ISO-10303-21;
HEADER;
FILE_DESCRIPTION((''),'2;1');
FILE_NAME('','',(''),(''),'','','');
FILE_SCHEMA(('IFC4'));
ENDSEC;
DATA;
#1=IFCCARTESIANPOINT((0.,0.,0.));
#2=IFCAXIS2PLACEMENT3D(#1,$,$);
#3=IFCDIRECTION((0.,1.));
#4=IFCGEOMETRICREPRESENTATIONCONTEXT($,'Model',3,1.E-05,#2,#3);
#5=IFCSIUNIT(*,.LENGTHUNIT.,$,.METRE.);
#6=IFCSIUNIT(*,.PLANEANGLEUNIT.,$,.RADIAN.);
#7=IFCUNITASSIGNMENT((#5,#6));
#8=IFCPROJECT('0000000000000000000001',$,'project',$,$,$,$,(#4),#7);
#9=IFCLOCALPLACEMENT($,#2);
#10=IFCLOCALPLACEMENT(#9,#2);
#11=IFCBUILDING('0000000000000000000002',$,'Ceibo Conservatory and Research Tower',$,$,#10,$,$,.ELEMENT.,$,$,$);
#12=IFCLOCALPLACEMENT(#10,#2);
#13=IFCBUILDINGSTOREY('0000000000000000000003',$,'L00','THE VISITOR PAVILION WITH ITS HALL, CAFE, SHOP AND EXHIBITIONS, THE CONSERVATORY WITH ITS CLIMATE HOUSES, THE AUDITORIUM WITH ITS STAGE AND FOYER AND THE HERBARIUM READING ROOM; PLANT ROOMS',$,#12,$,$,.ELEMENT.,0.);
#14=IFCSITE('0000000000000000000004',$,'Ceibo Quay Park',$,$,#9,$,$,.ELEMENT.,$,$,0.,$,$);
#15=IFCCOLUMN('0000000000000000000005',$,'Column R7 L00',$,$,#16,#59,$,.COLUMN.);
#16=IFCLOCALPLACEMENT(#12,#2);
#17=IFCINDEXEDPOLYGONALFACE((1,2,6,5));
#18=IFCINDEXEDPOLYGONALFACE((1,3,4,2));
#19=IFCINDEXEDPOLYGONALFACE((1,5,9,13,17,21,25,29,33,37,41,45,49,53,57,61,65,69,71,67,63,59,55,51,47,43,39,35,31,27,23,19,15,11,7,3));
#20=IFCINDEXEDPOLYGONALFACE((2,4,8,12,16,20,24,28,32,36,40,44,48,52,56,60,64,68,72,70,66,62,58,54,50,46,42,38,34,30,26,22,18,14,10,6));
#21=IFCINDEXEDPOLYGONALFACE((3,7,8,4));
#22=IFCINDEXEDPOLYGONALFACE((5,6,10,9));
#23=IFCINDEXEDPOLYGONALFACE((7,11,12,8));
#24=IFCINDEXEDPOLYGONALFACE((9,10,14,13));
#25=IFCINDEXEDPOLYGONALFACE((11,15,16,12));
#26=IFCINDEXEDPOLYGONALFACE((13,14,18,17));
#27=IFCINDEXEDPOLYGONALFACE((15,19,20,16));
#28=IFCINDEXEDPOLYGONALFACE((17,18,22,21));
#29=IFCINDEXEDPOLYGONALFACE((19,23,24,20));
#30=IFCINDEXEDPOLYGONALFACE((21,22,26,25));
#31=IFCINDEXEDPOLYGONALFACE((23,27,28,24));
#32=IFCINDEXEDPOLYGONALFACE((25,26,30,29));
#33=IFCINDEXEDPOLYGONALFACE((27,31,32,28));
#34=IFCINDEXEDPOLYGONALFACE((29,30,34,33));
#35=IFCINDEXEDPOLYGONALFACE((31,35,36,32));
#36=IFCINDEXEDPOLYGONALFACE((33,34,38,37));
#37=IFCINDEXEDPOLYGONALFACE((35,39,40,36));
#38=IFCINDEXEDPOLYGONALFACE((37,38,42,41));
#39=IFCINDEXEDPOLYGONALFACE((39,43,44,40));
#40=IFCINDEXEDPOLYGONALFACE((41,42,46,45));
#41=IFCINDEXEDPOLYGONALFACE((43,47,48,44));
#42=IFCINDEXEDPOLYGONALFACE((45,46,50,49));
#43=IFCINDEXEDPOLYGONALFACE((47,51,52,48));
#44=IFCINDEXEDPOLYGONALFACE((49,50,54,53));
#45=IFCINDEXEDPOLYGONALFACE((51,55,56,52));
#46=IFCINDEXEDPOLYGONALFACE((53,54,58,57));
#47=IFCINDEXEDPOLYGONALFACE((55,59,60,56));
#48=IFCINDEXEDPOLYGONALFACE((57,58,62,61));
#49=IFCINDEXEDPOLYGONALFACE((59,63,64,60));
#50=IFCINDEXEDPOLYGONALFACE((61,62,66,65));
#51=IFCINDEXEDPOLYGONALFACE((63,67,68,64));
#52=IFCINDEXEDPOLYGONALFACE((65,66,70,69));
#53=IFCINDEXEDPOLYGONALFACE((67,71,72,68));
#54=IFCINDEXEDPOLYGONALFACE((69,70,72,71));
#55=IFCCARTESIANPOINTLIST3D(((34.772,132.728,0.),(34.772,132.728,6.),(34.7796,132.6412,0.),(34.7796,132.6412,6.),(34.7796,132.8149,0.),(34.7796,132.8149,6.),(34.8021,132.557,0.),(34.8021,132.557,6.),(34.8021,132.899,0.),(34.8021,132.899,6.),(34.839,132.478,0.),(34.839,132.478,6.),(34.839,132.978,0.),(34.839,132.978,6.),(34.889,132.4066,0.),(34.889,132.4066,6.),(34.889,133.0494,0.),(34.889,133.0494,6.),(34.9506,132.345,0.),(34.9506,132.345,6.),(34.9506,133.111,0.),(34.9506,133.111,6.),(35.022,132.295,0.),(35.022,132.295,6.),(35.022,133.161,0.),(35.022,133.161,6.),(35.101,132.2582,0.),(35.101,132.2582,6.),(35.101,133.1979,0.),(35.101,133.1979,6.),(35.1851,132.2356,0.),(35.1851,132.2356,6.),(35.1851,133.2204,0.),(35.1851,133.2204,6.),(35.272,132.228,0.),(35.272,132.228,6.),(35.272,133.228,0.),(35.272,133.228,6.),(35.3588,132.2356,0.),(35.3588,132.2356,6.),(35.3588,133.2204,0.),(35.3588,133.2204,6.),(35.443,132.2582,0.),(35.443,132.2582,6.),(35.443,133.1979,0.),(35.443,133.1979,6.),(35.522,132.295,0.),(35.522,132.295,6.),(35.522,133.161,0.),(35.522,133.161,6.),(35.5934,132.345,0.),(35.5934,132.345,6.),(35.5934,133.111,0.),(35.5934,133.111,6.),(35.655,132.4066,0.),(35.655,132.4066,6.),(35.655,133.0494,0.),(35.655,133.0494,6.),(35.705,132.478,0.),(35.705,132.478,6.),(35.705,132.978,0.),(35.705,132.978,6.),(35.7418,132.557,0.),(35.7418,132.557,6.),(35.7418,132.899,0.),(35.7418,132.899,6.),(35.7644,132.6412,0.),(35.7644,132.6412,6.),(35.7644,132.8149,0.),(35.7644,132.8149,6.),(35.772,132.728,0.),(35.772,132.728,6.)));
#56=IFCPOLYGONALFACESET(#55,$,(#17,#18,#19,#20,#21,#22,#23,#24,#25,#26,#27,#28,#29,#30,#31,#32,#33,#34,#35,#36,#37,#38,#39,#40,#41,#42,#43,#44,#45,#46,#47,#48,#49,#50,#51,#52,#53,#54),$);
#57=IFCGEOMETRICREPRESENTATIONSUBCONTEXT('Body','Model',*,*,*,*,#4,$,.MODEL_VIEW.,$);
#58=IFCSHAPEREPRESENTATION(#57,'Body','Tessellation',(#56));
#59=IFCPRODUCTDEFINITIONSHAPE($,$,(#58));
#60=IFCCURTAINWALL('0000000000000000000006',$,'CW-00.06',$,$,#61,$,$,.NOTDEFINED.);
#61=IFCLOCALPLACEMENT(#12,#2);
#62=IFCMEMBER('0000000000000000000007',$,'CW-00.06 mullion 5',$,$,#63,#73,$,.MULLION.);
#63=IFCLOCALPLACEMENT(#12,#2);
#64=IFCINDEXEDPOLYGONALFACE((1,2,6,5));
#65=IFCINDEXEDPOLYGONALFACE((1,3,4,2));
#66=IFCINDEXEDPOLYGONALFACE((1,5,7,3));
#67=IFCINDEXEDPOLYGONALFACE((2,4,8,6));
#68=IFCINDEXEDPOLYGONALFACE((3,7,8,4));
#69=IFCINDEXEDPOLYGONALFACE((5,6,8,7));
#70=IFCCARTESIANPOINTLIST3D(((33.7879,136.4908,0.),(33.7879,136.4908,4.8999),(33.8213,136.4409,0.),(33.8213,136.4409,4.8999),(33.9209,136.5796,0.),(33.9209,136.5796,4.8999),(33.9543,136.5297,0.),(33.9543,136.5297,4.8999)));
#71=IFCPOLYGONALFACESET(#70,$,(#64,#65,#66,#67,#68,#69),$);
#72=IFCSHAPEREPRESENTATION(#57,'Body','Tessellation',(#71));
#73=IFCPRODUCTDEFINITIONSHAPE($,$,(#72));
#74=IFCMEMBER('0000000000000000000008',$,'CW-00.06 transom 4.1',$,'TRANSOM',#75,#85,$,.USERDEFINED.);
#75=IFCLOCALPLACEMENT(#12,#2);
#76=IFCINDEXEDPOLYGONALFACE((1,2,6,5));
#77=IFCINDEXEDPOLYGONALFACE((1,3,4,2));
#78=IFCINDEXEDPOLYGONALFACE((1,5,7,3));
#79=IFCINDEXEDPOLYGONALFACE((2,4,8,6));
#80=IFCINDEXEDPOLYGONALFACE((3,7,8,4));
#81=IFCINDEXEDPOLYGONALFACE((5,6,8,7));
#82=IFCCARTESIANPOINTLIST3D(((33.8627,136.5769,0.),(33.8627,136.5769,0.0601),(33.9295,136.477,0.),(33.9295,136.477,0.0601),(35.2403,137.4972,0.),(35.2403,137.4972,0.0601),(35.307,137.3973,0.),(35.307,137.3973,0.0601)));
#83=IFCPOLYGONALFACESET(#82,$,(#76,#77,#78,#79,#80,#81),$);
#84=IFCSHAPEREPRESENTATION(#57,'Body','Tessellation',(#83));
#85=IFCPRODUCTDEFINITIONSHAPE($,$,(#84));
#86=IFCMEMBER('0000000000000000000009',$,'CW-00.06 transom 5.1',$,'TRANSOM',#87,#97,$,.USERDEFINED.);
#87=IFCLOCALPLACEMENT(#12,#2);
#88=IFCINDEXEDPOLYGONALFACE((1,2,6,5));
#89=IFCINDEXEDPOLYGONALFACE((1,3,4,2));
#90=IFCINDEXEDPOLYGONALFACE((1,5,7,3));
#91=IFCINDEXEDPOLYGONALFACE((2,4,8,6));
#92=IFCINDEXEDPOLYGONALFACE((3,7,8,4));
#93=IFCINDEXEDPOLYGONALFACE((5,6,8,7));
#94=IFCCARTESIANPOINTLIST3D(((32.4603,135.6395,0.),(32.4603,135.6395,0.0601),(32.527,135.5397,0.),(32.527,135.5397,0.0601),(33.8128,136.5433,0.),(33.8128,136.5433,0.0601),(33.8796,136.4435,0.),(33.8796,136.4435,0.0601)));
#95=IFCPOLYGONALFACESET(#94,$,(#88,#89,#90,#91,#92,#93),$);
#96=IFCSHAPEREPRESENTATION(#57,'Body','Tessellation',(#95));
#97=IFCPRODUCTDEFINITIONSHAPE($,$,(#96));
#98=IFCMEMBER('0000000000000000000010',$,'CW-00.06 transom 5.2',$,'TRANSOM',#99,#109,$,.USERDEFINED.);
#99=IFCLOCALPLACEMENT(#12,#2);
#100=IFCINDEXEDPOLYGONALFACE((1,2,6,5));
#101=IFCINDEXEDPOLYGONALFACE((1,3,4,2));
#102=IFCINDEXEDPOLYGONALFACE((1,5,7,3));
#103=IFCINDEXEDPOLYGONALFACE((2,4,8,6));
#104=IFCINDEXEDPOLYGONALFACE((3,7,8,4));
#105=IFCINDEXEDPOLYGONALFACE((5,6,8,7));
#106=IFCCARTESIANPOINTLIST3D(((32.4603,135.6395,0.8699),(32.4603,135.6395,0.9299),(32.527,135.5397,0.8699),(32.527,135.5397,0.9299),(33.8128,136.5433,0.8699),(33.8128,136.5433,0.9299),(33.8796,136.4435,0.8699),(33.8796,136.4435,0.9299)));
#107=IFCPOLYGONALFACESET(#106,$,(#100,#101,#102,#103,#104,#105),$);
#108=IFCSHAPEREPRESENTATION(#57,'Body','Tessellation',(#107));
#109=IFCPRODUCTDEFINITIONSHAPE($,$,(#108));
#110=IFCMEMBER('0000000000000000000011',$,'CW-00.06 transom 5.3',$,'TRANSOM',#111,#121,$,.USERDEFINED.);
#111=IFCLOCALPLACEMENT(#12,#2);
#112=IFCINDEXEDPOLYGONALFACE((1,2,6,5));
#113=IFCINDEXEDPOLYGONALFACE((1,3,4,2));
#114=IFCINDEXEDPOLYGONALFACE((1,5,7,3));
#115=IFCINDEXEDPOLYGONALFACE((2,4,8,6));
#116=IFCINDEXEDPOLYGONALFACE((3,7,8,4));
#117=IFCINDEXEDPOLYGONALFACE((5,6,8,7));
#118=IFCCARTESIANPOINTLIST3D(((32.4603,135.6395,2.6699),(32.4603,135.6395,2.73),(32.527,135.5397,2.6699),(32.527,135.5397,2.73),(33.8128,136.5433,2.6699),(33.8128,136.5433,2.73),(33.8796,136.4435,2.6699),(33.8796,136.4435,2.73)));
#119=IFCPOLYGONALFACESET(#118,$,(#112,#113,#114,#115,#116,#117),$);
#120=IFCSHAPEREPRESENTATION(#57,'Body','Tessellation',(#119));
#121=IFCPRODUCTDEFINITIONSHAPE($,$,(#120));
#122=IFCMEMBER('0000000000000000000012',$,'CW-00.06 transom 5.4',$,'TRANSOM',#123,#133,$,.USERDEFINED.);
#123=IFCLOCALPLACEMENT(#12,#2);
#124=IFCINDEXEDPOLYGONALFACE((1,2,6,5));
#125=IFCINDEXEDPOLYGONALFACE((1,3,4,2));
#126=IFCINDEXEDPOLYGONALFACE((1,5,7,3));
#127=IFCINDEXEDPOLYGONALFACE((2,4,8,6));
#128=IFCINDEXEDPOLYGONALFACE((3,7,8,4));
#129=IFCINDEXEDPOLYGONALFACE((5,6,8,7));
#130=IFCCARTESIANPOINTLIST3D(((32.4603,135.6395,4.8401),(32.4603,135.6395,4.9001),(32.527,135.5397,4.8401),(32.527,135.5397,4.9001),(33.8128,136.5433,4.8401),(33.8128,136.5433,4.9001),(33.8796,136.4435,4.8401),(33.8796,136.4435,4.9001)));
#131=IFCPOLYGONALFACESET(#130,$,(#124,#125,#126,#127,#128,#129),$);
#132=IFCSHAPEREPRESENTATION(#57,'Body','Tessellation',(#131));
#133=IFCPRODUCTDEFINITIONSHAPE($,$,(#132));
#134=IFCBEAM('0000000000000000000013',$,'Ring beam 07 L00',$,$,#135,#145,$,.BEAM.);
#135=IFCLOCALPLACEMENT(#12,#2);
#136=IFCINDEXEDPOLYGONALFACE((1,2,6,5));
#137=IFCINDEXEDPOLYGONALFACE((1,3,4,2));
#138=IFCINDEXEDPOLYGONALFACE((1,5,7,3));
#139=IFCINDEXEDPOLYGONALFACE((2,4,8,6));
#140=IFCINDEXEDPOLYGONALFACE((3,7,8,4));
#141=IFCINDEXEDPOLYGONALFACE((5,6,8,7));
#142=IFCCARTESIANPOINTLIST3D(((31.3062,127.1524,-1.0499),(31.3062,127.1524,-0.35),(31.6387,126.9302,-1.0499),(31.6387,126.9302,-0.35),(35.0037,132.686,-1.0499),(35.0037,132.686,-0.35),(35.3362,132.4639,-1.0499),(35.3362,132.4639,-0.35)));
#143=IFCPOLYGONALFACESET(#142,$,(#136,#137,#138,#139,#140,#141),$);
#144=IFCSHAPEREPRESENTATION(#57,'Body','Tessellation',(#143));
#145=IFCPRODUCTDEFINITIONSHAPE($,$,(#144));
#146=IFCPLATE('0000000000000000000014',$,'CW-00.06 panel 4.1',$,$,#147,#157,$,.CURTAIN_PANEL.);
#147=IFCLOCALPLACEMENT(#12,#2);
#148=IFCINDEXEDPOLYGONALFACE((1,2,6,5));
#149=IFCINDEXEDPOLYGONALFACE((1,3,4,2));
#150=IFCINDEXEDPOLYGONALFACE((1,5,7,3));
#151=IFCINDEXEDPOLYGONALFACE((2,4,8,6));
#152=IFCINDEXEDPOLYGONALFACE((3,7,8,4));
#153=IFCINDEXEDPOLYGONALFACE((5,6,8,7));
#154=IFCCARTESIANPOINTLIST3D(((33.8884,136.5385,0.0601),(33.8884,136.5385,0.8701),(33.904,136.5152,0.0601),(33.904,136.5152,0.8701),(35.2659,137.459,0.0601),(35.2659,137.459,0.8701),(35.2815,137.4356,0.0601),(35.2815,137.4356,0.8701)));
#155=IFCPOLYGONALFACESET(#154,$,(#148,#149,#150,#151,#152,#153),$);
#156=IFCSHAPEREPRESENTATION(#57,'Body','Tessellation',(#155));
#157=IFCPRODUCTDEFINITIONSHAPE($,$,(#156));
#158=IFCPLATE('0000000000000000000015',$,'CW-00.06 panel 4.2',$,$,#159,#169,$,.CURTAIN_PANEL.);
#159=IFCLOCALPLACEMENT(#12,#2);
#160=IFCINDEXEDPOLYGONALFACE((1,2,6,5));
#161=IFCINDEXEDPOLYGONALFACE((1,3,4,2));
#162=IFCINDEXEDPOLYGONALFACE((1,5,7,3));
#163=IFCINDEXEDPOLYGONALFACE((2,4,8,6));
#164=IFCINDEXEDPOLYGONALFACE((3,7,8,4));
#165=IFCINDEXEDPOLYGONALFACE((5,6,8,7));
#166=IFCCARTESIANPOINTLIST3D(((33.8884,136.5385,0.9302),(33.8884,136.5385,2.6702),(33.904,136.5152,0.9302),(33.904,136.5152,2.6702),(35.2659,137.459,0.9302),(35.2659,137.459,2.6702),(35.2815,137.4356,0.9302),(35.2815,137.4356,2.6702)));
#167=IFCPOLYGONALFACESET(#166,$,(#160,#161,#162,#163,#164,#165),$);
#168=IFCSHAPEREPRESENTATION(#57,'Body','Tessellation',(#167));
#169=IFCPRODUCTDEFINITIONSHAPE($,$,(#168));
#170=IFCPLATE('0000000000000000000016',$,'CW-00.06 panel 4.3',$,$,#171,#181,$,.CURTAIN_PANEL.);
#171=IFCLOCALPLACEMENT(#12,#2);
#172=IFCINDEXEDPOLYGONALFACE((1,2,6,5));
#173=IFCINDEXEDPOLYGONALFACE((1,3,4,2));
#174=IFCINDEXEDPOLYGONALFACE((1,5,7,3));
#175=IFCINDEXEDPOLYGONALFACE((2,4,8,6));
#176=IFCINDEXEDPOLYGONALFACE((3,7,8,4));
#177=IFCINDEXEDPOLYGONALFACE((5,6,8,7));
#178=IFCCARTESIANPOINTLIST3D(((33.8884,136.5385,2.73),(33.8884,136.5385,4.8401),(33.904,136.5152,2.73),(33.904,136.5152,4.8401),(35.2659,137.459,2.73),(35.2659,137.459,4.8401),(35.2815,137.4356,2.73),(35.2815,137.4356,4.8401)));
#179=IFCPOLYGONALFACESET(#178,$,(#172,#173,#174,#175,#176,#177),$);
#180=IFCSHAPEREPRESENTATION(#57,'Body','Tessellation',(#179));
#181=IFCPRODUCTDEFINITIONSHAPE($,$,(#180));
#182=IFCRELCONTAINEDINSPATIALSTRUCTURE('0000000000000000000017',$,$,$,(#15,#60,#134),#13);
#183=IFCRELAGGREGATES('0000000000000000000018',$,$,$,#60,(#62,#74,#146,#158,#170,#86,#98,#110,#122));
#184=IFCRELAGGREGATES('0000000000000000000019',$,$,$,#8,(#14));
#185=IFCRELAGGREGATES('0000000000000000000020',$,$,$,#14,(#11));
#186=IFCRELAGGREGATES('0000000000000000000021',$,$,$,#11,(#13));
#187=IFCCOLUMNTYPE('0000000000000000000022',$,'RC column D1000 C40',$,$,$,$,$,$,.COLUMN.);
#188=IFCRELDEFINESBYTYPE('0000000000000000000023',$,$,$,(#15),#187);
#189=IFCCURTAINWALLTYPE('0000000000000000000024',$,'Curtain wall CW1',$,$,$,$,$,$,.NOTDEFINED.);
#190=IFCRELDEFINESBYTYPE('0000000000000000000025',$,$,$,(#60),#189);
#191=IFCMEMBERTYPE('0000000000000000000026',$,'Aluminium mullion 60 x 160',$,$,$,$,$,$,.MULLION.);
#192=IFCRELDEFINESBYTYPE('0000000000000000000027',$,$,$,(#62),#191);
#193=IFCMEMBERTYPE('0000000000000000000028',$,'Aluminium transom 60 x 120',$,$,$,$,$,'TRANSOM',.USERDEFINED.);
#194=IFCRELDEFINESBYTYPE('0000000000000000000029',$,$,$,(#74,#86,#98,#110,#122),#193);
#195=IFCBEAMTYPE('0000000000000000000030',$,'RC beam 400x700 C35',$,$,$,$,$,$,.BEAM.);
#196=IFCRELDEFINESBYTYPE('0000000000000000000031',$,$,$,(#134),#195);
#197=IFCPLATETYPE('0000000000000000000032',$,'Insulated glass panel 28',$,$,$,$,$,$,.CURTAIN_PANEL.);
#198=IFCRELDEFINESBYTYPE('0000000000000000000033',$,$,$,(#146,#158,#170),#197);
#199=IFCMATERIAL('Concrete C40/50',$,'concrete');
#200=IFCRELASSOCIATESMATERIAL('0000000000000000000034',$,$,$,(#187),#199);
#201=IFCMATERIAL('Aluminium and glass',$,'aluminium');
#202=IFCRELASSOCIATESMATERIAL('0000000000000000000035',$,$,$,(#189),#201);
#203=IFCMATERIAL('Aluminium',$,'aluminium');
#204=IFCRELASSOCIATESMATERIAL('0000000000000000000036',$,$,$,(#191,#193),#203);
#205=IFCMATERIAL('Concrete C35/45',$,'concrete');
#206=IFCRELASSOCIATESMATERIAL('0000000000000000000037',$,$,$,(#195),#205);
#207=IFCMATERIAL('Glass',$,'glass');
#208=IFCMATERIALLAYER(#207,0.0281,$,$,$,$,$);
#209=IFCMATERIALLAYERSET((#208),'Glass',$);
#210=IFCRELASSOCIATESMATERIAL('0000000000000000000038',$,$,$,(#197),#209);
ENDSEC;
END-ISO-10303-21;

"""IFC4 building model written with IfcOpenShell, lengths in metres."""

from ifc_helpers import new_model, si_unit, direction, frame, origin, origin_2d, place, context, subcontext, project, spatial, rectangle, circle, extrude, material, layer, layer_set, material_profile, profile_set, type_object, element, aggregate, save


model = new_model("IFC4")

# Units and contexts
model_context = context("Model", 3, precision=1e-05, world=origin(), true_north=direction((0.0, 1.0)))
body_context = subcontext(model_context, "Body", "Model", "MODEL_VIEW")
ifc_project = project(units=[si_unit("LENGTHUNIT", "METRE"), si_unit("PLANEANGLEUNIT", "RADIAN")], contexts=[model_context])

# Site, building, storey
site_placement = place(None, origin())
site = spatial("IfcSite", under=ifc_project, at=site_placement, Name="Ceibo Quay Park", CompositionType="ELEMENT", RefElevation=0.0)
building_placement = place(site_placement, origin())
building = spatial("IfcBuilding", under=site, at=building_placement, Name="Ceibo Conservatory and Research Tower", CompositionType="ELEMENT")
storey_placement = place(building_placement, origin())
storey = spatial("IfcBuildingStorey", under=building, at=storey_placement, Name="L00", Description="THE VISITOR PAVILION WITH ITS HALL, CAFE, SHOP AND EXHIBITIONS, THE CONSERVATORY WITH ITS CLIMATE HOUSES, THE AUDITORIUM WITH ITS STAGE AND FOYER AND THE HERBARIUM READING ROOM; PLANT ROOMS", CompositionType="ELEMENT", Elevation=0.0)

# Column
ifc_material_1 = material(Name="Concrete C40/50", Category="concrete")
ifc_material_profile_1 = material_profile(ifc_material_1, circle(Radius=0.5, at=origin_2d()), Name="RC D1000")
ifc_profile_set_1 = profile_set([ifc_material_profile_1], Name="Concrete C40/50")
column_type = type_object("IfcColumnType", Name="RC column D1000 C40", PredefinedType="COLUMN", material=ifc_profile_set_1)
column_placement = place(storey_placement, frame((35.272, 132.728, 0.0), z_axis=(0.0, 0.0, 1.0), x_axis=(1.0, 0.0, 0.0)))
element("IfcColumn", 1, at=column_placement, inside=storey, type_object=column_type, Name="Column R7 L00", PredefinedType="COLUMN", context=body_context, shape_type="SweptSolid", body=[
    extrude(circle(Radius=0.5, at=origin_2d()), origin(), (0.0, 0.0, 1.0), 6.0),
])

# Curtain wall, members
ifc_material_2 = material(Name="Aluminium and glass", Category="aluminium")
curtain_wall_type = type_object("IfcCurtainWallType", Name="Curtain wall CW1", PredefinedType="NOTDEFINED", material=ifc_material_2)
curtain_wall_placement = place(storey_placement, origin())
curtain_wall = element("IfcCurtainWall", 2, at=curtain_wall_placement, inside=storey, type_object=curtain_wall_type, Name="CW-00.06", PredefinedType="NOTDEFINED")
ifc_material_3 = material(Name="Aluminium", Category="aluminium")
ifc_material_profile_2 = material_profile(ifc_material_3, rectangle(XDim=0.0601, YDim=0.1599, at=origin_2d()), Name="Aluminium 60 x 160")
ifc_profile_set_2 = profile_set([ifc_material_profile_2], Name="Aluminium")
member_type_1 = type_object("IfcMemberType", Name="Aluminium mullion 60 x 160", PredefinedType="MULLION", material=ifc_profile_set_2)
member_1_placement = place(storey_placement, frame((33.8711, 136.5103, 0.0), z_axis=(0.0, 0.0, 1.0), x_axis=(0.55557, -0.83147, 0.0)))
member_1 = element("IfcMember", 3, at=member_1_placement, type_object=member_type_1, Name="CW-00.06 mullion 5", PredefinedType="MULLION", context=body_context, shape_type="SweptSolid", body=[
    extrude(rectangle(XDim=0.0601, YDim=0.1599, at=origin_2d()), origin(), (0.0, 0.0, 1.0), 4.8999),
])
ifc_material_profile_3 = material_profile(ifc_material_3, rectangle(XDim=0.1201, YDim=0.0601, at=origin_2d()), Name="Aluminium 60 x 120")
ifc_profile_set_3 = profile_set([ifc_material_profile_3], Name="Aluminium")
member_type_2 = type_object("IfcMemberType", Name="Aluminium transom 60 x 120", ElementType="TRANSOM", PredefinedType="USERDEFINED", material=ifc_profile_set_3)
member_2_placement = place(storey_placement, frame((35.2737, 137.4473, 0.03), z_axis=(-0.831506, -0.555516, 0.0), x_axis=(0.555516, -0.831506, 0.0)))
member_2 = element("IfcMember", 4, at=member_2_placement, type_object=member_type_2, Name="CW-00.06 transom 4.1", ObjectType="TRANSOM", PredefinedType="USERDEFINED", context=body_context, shape_type="SweptSolid", body=[
    extrude(rectangle(XDim=0.1201, YDim=0.0601, at=origin_2d()), origin(), (0.0, 0.0, 1.0), 1.6567),
])
member_3_placement = place(storey_placement, frame((33.8462, 136.4934, 0.03), z_axis=(-0.831449, -0.5556, 0.0), x_axis=(0.5556, -0.831449, 0.0)))
member_3 = element("IfcMember", 5, at=member_3_placement, type_object=member_type_2, Name="CW-00.06 transom 5.1", ObjectType="TRANSOM", PredefinedType="USERDEFINED", context=body_context, shape_type="SweptSolid", body=[
    extrude(rectangle(XDim=0.1201, YDim=0.0601, at=origin_2d()), origin(), (0.0, 0.0, 1.0), 1.6267),
])
member_4_placement = place(storey_placement, frame((33.8462, 136.4934, 0.8999), z_axis=(-0.831449, -0.5556, 0.0), x_axis=(0.5556, -0.831449, 0.0)))
member_4 = element("IfcMember", 6, at=member_4_placement, type_object=member_type_2, Name="CW-00.06 transom 5.2", ObjectType="TRANSOM", PredefinedType="USERDEFINED", context=body_context, shape_type="SweptSolid", body=[
    extrude(rectangle(XDim=0.1201, YDim=0.0601, at=origin_2d()), origin(), (0.0, 0.0, 1.0), 1.6267),
])
member_5_placement = place(storey_placement, frame((33.8462, 136.4934, 2.7), z_axis=(-0.831449, -0.5556, 0.0), x_axis=(0.5556, -0.831449, 0.0)))
member_5 = element("IfcMember", 7, at=member_5_placement, type_object=member_type_2, Name="CW-00.06 transom 5.3", ObjectType="TRANSOM", PredefinedType="USERDEFINED", context=body_context, shape_type="SweptSolid", body=[
    extrude(rectangle(XDim=0.1201, YDim=0.0601, at=origin_2d()), origin(), (0.0, 0.0, 1.0), 1.6267),
])
member_6_placement = place(storey_placement, frame((33.8462, 136.4934, 4.8701), z_axis=(-0.831449, -0.5556, 0.0), x_axis=(0.5556, -0.831449, 0.0)))
member_6 = element("IfcMember", 8, at=member_6_placement, type_object=member_type_2, Name="CW-00.06 transom 5.4", ObjectType="TRANSOM", PredefinedType="USERDEFINED", context=body_context, shape_type="SweptSolid", body=[
    extrude(rectangle(XDim=0.1201, YDim=0.0601, at=origin_2d()), origin(), (0.0, 0.0, 1.0), 1.6267),
])

# Beam
ifc_material_4 = material(Name="Concrete C35/45", Category="concrete")
ifc_material_profile_4 = material_profile(ifc_material_4, rectangle(XDim=0.3999, YDim=0.7, at=origin_2d()), Name="RC 400x700")
ifc_profile_set_4 = profile_set([ifc_material_profile_4], Name="Concrete C35/45")
beam_type = type_object("IfcBeamType", Name="RC beam 400x700 C35", PredefinedType="BEAM", material=ifc_profile_set_4)
beam_placement = place(storey_placement, frame((35.1699, 132.575, -0.7), z_axis=(-0.555572, -0.831469, 0.0), x_axis=(0.831469, -0.555572, 0.0)))
element("IfcBeam", 9, at=beam_placement, inside=storey, type_object=beam_type, Name="Ring beam 07 L00", PredefinedType="BEAM", context=body_context, shape_type="SweptSolid", body=[
    extrude(rectangle(XDim=0.3999, YDim=0.7, at=origin_2d()), origin(), (0.0, 0.0, 1.0), 6.6553),
])

# Plates
ifc_material_5 = material(Name="Glass", Category="glass")
ifc_layer_1 = layer(ifc_material_5, 0.0281)
ifc_layer_set_1 = layer_set([ifc_layer_1], Name="Glass")
plate_type = type_object("IfcPlateType", Name="Insulated glass panel 28", PredefinedType="CURTAIN_PANEL", material=ifc_layer_set_1)
plate_1_placement = place(storey_placement, frame((34.585, 136.9871, 0.0601), z_axis=(0.0, 0.0, 1.0), x_axis=(-0.83147, -0.55557, 0.0)))
plate_1 = element("IfcPlate", 10, at=plate_1_placement, type_object=plate_type, Name="CW-00.06 panel 4.1", PredefinedType="CURTAIN_PANEL", context=body_context, shape_type="SweptSolid", body=[
    extrude(rectangle(XDim=1.6567, YDim=0.0281, at=origin_2d()), origin(), (0.0, 0.0, 1.0), 0.8101),
])
plate_2_placement = place(storey_placement, frame((34.585, 136.9871, 0.9302), z_axis=(0.0, 0.0, 1.0), x_axis=(-0.83147, -0.55557, 0.0)))
plate_2 = element("IfcPlate", 11, at=plate_2_placement, type_object=plate_type, Name="CW-00.06 panel 4.2", PredefinedType="CURTAIN_PANEL", context=body_context, shape_type="SweptSolid", body=[
    extrude(rectangle(XDim=1.6567, YDim=0.0281, at=origin_2d()), origin(), (0.0, 0.0, 1.0), 1.74),
])
plate_3_placement = place(storey_placement, frame((34.585, 136.9871, 2.73), z_axis=(0.0, 0.0, 1.0), x_axis=(-0.83147, -0.55557, 0.0)))
plate_3 = element("IfcPlate", 12, at=plate_3_placement, type_object=plate_type, Name="CW-00.06 panel 4.3", PredefinedType="CURTAIN_PANEL", context=body_context, shape_type="SweptSolid", body=[
    extrude(rectangle(XDim=1.6567, YDim=0.0281, at=origin_2d()), origin(), (0.0, 0.0, 1.0), 2.1101),
])
aggregate(curtain_wall, [member_1, member_2, plate_1, plate_2, plate_3, member_3, member_4, member_5, member_6])

save(model, "model.ifc")
